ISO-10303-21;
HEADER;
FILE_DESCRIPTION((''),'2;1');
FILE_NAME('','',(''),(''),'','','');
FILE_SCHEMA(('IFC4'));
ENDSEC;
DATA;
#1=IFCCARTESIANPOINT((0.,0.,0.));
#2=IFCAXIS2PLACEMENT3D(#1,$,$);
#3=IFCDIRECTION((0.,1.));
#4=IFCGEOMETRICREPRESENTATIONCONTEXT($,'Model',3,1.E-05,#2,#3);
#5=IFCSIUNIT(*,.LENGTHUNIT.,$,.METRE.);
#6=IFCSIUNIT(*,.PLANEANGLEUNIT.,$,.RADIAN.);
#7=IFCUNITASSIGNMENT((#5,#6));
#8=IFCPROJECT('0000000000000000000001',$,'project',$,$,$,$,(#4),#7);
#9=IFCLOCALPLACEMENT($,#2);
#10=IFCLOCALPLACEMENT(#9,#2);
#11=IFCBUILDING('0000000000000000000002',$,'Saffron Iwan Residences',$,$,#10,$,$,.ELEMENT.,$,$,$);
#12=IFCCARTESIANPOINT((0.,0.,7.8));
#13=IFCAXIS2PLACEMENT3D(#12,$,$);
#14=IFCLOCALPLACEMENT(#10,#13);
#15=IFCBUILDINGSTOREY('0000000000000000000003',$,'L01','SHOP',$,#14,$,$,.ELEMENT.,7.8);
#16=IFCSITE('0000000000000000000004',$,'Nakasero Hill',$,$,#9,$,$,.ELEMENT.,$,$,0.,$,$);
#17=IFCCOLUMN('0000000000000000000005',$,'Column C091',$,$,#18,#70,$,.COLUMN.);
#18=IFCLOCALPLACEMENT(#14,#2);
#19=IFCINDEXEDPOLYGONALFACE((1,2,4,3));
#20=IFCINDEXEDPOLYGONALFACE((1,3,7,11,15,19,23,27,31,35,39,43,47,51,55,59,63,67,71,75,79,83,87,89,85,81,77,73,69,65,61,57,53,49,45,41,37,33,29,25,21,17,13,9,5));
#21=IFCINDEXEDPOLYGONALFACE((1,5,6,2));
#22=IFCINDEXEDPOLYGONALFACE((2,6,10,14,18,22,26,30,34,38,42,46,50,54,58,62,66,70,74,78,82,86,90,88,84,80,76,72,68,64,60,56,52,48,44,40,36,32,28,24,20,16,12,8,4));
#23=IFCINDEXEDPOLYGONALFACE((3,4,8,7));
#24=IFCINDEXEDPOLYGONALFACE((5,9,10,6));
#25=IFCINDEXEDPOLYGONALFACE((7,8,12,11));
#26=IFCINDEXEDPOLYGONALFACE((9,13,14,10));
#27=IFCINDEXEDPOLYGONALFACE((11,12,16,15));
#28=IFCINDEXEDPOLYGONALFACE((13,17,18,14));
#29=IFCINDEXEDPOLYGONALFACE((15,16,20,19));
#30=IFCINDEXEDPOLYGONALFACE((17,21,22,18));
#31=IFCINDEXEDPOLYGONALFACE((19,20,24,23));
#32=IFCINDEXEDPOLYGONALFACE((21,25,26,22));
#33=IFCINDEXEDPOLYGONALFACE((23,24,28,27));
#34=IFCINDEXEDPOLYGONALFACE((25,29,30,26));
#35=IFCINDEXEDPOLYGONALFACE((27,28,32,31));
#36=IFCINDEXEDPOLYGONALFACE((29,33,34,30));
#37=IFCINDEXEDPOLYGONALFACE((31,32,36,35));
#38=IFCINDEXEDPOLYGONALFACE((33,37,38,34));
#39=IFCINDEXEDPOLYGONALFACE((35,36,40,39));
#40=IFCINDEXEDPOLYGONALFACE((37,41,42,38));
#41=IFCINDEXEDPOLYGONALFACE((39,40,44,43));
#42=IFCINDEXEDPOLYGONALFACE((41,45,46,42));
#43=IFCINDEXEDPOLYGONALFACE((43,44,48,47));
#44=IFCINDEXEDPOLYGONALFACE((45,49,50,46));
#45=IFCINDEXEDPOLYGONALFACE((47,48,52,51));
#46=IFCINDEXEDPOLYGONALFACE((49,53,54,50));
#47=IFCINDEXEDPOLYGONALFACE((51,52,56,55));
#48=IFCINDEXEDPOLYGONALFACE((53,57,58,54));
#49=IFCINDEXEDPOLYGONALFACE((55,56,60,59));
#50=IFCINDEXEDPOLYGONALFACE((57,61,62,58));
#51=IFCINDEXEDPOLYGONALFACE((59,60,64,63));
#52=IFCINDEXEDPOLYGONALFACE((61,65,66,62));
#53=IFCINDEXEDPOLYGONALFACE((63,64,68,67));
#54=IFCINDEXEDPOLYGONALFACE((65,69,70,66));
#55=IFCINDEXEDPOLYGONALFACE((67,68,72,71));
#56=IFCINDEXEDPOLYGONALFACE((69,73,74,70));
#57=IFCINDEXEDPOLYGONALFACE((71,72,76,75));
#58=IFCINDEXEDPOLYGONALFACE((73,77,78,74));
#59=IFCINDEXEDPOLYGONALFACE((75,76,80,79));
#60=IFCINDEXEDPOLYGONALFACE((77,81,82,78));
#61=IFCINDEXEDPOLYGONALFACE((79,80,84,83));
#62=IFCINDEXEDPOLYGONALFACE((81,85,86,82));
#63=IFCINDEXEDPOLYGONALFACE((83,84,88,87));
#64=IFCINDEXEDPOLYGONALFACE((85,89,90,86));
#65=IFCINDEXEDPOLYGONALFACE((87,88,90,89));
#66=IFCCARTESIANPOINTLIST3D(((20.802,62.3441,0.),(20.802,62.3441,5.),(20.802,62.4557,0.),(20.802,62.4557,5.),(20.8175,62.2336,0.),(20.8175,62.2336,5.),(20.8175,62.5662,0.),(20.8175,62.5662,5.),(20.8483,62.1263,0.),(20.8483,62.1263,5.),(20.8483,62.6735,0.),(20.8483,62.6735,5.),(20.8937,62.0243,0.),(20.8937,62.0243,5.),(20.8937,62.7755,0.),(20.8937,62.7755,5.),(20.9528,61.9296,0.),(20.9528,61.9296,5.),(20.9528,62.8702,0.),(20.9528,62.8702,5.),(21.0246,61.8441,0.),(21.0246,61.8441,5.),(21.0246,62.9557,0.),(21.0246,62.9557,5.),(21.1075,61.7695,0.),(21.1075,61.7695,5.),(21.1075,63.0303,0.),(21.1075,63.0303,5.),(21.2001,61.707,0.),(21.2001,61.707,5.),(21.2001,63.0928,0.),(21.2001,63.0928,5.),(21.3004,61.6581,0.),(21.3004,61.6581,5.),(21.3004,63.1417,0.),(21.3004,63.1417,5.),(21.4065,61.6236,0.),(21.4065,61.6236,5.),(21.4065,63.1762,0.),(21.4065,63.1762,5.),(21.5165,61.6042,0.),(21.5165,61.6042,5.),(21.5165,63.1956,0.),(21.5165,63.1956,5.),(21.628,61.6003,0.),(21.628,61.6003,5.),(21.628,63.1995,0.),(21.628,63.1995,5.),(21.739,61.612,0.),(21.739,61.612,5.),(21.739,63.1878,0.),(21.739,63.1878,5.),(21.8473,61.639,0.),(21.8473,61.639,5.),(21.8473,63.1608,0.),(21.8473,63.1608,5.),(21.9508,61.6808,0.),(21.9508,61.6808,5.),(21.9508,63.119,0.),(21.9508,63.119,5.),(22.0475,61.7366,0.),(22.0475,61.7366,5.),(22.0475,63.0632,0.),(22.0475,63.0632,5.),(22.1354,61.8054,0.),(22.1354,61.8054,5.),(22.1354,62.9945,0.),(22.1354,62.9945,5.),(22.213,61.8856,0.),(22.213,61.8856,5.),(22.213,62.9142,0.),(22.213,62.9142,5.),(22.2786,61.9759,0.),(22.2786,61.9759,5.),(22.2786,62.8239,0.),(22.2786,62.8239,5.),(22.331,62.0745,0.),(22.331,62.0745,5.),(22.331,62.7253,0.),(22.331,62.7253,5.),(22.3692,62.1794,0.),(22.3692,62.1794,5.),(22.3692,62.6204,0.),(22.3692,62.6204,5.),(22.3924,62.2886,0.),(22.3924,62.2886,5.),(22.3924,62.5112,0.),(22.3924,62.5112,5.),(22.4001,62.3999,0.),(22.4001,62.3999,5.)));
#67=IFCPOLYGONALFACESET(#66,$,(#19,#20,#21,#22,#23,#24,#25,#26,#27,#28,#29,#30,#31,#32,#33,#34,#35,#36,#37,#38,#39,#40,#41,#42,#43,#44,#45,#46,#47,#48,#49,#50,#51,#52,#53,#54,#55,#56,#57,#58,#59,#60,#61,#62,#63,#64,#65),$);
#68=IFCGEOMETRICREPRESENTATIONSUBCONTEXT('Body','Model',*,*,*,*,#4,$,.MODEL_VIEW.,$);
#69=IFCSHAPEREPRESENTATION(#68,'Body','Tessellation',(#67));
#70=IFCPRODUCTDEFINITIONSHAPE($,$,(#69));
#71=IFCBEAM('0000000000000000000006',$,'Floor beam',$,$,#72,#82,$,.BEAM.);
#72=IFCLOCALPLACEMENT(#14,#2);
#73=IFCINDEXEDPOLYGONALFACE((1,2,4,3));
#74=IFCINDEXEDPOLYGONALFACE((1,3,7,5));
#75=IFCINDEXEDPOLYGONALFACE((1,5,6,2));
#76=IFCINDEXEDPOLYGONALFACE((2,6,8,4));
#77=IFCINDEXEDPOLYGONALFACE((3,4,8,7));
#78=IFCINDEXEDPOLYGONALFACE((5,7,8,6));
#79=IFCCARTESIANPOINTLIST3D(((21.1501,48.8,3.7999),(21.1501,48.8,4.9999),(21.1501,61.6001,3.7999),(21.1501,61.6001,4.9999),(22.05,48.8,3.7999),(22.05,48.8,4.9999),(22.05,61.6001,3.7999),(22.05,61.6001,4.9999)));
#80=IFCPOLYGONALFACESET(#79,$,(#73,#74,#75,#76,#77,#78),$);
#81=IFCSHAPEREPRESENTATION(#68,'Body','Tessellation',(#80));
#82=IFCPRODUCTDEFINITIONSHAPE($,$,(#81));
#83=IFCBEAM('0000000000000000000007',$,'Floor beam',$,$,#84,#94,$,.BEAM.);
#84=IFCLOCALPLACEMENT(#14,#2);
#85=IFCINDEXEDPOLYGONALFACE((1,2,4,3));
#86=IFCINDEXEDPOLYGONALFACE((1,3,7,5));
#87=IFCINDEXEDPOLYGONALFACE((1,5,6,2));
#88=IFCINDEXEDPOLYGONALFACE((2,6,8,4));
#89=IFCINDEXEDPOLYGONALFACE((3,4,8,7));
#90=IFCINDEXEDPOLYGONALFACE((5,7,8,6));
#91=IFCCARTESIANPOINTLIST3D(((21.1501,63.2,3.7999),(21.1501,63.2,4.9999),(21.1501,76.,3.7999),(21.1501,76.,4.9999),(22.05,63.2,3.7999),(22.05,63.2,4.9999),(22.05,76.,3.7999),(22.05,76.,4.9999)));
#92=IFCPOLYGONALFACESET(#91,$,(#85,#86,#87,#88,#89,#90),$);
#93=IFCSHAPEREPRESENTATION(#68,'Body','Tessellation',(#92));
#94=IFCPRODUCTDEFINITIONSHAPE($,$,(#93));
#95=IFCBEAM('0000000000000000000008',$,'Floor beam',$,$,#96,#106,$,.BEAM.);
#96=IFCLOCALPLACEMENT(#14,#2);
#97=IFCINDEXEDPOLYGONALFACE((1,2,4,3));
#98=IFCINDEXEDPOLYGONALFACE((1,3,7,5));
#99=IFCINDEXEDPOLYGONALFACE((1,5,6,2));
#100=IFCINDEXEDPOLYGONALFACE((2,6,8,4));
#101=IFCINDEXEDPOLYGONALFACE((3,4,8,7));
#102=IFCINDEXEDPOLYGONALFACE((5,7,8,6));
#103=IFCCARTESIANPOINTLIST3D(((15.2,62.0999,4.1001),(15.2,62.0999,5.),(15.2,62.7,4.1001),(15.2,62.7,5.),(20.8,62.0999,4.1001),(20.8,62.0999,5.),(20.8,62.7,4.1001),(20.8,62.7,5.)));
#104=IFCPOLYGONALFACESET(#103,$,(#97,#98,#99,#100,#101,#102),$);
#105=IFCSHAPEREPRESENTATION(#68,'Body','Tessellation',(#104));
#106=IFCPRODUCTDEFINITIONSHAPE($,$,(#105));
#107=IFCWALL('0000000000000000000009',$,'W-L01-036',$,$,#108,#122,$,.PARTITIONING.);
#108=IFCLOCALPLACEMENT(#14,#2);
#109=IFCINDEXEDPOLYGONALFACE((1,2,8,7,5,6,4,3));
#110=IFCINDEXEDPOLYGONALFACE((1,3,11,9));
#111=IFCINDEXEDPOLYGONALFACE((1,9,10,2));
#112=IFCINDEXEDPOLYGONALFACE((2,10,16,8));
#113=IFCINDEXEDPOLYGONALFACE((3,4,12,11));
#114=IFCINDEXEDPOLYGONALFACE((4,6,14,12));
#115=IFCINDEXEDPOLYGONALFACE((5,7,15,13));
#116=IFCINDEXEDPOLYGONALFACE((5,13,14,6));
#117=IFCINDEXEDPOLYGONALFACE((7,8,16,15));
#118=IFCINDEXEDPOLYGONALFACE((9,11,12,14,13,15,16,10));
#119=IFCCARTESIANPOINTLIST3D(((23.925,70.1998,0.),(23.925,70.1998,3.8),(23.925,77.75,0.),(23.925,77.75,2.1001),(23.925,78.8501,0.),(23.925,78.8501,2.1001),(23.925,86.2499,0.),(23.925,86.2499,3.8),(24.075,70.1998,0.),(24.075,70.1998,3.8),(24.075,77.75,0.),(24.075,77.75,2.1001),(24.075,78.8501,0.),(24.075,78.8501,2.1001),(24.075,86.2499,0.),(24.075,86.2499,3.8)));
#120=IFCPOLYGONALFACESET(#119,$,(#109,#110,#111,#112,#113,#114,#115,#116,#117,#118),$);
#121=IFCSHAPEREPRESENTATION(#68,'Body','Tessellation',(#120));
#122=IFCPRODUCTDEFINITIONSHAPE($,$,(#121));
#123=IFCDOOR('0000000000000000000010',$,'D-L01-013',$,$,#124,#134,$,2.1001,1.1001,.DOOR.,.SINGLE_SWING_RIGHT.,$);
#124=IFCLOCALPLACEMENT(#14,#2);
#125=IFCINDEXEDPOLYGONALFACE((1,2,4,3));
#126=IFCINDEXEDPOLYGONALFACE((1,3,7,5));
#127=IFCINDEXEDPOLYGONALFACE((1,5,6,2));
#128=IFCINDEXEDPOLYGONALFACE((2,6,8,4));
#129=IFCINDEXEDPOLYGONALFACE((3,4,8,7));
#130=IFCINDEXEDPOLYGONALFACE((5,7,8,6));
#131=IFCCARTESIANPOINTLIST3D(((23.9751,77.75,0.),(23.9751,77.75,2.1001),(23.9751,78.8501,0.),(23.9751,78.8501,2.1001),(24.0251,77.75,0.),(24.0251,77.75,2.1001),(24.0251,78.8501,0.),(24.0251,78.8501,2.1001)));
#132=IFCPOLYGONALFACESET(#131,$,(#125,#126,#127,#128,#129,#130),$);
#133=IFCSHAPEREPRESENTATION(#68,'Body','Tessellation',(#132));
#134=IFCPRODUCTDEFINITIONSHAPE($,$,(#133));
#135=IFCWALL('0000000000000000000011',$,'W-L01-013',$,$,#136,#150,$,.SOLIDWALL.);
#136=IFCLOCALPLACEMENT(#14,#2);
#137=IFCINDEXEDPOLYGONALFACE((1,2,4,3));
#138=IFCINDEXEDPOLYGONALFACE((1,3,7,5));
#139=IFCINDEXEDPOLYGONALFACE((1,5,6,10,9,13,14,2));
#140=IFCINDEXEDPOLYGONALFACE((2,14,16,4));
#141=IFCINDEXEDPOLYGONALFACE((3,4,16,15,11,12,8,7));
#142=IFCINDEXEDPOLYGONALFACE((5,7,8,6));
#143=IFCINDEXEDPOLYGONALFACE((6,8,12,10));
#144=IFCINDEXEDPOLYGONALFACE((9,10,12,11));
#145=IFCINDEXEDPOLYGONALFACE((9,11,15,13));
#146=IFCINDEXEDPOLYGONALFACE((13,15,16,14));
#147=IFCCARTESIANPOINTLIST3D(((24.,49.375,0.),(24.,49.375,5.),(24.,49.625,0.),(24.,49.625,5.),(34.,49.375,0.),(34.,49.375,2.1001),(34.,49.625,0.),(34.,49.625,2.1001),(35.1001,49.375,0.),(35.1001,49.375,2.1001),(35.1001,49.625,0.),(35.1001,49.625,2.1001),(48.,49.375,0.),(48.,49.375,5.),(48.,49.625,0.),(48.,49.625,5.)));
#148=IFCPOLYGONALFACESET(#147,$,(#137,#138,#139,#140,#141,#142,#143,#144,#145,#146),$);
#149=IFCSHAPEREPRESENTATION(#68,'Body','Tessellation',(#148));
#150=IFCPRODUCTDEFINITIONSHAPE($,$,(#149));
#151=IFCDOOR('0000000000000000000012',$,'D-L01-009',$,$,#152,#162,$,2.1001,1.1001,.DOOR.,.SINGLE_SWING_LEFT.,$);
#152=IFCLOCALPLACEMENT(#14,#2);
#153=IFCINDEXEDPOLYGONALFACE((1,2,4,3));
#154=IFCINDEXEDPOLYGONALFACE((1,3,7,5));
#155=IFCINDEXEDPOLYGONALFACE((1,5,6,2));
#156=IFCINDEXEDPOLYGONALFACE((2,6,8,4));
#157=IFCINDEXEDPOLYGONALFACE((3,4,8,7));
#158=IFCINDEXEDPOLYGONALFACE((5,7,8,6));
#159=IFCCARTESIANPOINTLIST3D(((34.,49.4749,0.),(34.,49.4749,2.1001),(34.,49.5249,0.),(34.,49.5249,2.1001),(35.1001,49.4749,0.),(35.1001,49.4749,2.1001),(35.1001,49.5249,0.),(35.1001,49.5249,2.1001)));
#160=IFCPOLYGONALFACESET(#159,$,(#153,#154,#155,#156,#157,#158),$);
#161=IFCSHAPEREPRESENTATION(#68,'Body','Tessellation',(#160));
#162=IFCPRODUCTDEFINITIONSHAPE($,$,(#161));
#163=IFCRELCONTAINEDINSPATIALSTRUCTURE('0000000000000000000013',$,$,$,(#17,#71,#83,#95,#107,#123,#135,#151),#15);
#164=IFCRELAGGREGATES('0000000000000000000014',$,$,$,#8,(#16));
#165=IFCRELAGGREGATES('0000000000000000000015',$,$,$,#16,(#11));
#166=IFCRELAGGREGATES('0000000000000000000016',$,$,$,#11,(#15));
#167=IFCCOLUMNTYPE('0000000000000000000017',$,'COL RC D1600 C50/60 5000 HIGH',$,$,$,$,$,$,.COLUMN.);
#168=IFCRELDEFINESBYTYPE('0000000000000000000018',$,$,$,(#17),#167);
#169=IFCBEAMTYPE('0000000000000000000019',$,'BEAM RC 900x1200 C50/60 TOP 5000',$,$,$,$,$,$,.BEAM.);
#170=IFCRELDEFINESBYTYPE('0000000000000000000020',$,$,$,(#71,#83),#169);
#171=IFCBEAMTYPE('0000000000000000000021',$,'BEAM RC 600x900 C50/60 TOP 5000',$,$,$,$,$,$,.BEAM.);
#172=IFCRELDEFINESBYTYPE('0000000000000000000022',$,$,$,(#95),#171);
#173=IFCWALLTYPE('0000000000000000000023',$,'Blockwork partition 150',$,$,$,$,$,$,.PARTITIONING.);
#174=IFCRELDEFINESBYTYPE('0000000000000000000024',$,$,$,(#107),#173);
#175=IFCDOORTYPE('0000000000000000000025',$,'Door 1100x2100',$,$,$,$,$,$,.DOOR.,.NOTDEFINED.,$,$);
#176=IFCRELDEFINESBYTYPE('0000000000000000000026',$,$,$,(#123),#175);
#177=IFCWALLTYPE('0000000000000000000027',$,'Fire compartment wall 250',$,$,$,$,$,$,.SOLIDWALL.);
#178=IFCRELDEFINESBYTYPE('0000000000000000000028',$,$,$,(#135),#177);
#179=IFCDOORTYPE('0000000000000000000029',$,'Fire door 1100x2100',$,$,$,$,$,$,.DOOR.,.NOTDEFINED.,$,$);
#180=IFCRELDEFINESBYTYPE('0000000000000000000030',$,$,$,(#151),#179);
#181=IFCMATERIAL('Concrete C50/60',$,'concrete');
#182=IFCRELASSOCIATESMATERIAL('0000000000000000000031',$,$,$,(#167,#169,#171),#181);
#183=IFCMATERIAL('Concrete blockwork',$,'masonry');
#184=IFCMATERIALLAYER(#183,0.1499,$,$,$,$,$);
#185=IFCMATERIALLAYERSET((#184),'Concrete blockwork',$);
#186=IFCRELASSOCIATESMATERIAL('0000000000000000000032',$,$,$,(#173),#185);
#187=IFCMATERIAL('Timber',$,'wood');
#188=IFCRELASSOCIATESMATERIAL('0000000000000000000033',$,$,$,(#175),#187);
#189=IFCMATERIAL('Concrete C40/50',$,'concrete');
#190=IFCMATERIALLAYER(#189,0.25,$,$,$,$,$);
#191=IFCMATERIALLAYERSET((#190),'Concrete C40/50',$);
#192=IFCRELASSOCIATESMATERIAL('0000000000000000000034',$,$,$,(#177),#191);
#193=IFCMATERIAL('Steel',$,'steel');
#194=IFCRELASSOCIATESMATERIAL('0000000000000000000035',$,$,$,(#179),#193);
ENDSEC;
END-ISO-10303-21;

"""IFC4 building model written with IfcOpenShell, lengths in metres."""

from ifc_helpers import new_model, si_unit, direction, frame, frame_2d, origin, origin_2d, place, context, subcontext, project, spatial, rectangle, circle, extrude, source, transform, mapped, material, layer, layer_set, material_profile, profile_set, type_object, element, fill, save


model = new_model("IFC4")

# Units and contexts
model_context = context("Model", 3, precision=1e-05, world=origin(), true_north=direction((0.0, 1.0)))
body_context = subcontext(model_context, "Body", "Model", "MODEL_VIEW")
ifc_project = project(units=[si_unit("LENGTHUNIT", "METRE"), si_unit("PLANEANGLEUNIT", "RADIAN")], contexts=[model_context])

# Site, building, storey
site_placement = place(None, origin())
site = spatial("IfcSite", under=ifc_project, at=site_placement, Name="Nakasero Hill", CompositionType="ELEMENT", RefElevation=0.0)
building_placement = place(site_placement, origin())
building = spatial("IfcBuilding", under=site, at=building_placement, Name="Saffron Iwan Residences", CompositionType="ELEMENT")
storey_placement = place(building_placement, frame((0.0, 0.0, 7.8)))
storey = spatial("IfcBuildingStorey", under=building, at=storey_placement, Name="L01", Description="SHOP", CompositionType="ELEMENT", Elevation=7.8)

# Column
ifc_material_1 = material(Name="Concrete C50/60", Category="concrete")
ifc_material_profile_1 = material_profile(ifc_material_1, circle(Radius=0.8, at=origin_2d()), Name="RC D1600")
ifc_profile_set_1 = profile_set([ifc_material_profile_1], Name="Concrete C50/60")
column_type = type_object("IfcColumnType", Name="COL RC D1600 C50/60 5000 HIGH", PredefinedType="COLUMN", material=ifc_profile_set_1)
shared_shape_1 = source(origin(), body_context, "Body", "SweptSolid", [
    extrude(circle(Radius=0.8, at=origin_2d()), origin(), (0.0, 0.0, 1.0), 5.0),
])
column_placement = place(storey_placement, frame((21.6001, 62.3999, 0.0), z_axis=(0.0, 0.0, 1.0), x_axis=(1.0, 0.0, 0.0)))
element("IfcColumn", 1, at=column_placement, inside=storey, type_object=column_type, Name="Column C091", PredefinedType="COLUMN", context=body_context, shape_type="MappedRepresentation", body=[
    mapped(shared_shape_1, transform((0.0, 0.0, 0.0))),
])

# Beams
ifc_material_profile_2 = material_profile(ifc_material_1, rectangle(XDim=0.8999, YDim=1.2, at=origin_2d()), Name="RC 900x1200")
ifc_profile_set_2 = profile_set([ifc_material_profile_2], Name="Concrete C50/60")
beam_type_1 = type_object("IfcBeamType", Name="BEAM RC 900x1200 C50/60 TOP 5000", PredefinedType="BEAM", material=ifc_profile_set_2)
shared_shape_2 = source(origin(), body_context, "Body", "SweptSolid", [
    extrude(rectangle(XDim=0.8999, YDim=1.2, at=origin_2d()), origin(), (0.0, 0.0, 1.0), 12.8),
])
for number, where, z_axis, x_axis, name in (
    (2, (21.6001, 48.8, 4.3999), (0.0, 1.0, 0.0), (-1.0, 0.0, 0.0), "Floor beam"),
    (3, (21.6001, 63.2, 4.3999), (0.0, 1.0, 0.0), (-1.0, 0.0, 0.0), "Floor beam"),
):
    element("IfcBeam", number, at=place(storey_placement, frame(where, z_axis=z_axis, x_axis=x_axis)), inside=storey, type_object=beam_type_1, Name=name, PredefinedType="BEAM", context=body_context, shape_type="MappedRepresentation", body=[
        mapped(shared_shape_2, transform((0.0, 0.0, 0.0))),
    ])
ifc_material_profile_3 = material_profile(ifc_material_1, rectangle(XDim=0.6001, YDim=0.8999, at=origin_2d()), Name="RC 600x900")
ifc_profile_set_3 = profile_set([ifc_material_profile_3], Name="Concrete C50/60")
beam_type_2 = type_object("IfcBeamType", Name="BEAM RC 600x900 C50/60 TOP 5000", PredefinedType="BEAM", material=ifc_profile_set_3)
shared_shape_3 = source(origin(), body_context, "Body", "SweptSolid", [
    extrude(rectangle(XDim=0.6001, YDim=0.8999, at=origin_2d()), origin(), (0.0, 0.0, 1.0), 5.6001),
])
beam_placement = place(storey_placement, frame((15.2, 62.3999, 4.55), z_axis=(1.0, 0.0, 0.0), x_axis=(0.0, 1.0, 0.0)))
element("IfcBeam", 4, at=beam_placement, inside=storey, type_object=beam_type_2, Name="Floor beam", PredefinedType="BEAM", context=body_context, shape_type="MappedRepresentation", body=[
    mapped(shared_shape_3, transform((0.0, 0.0, 0.0))),
])

# Walls, openings, doors
ifc_material_2 = material(Name="Concrete blockwork", Category="masonry")
ifc_layer_1 = layer(ifc_material_2, 0.1499)
ifc_layer_set_1 = layer_set([ifc_layer_1], Name="Concrete blockwork")
wall_type_1 = type_object("IfcWallType", Name="Blockwork partition 150", PredefinedType="PARTITIONING", material=ifc_layer_set_1)
wall_1_placement = place(storey_placement, frame((24.0, 70.2, 0.0), z_axis=(0.0, 0.0, 1.0), x_axis=(0.0, 1.0, 0.0)))
wall_1 = element("IfcWall", 5, at=wall_1_placement, inside=storey, type_object=wall_type_1, Name="W-L01-036", PredefinedType="PARTITIONING", context=body_context, shape_type="SweptSolid", body=[
    extrude(rectangle(XDim=16.05, YDim=0.1499, at=frame_2d((8.0249, 0.0))), origin(), (0.0, 0.0, 1.0), 3.8),
])
opening_1_placement = place(wall_1_placement, frame((7.55, 0.0, 0.0)))
opening_1 = element("IfcOpeningElement", 6, at=opening_1_placement, cuts=wall_1, PredefinedType="OPENING", context=body_context, shape_type="SweptSolid", body=[
    extrude(rectangle(XDim=1.1001, YDim=2.1001, at=frame_2d((0.55, 1.05))), frame((0.0, 0.085, 0.0), z_axis=(0.0, -1.0, 0.0), x_axis=(1.0, 0.0, 0.0)), (0.0, 0.0, 1.0), 0.1699),
])
ifc_material_3 = material(Name="Timber", Category="wood")
door_type_1 = type_object("IfcDoorType", Name="Door 1100x2100", OperationType="NOTDEFINED", PredefinedType="DOOR", material=ifc_material_3)
door_1_placement = place(opening_1_placement, origin())
door_1 = element("IfcDoor", 7, at=door_1_placement, inside=storey, type_object=door_type_1, Name="D-L01-013", OperationType="SINGLE_SWING_RIGHT", OverallHeight=2.1001, OverallWidth=1.1001, PredefinedType="DOOR", context=body_context, shape_type="SweptSolid", body=[
    extrude(rectangle(XDim=1.1001, YDim=2.1001, at=frame_2d((0.55, 1.05))), frame((0.0, 0.0249, 0.0), z_axis=(0.0, -1.0, 0.0), x_axis=(1.0, 0.0, 0.0)), (0.0, 0.0, 1.0), 0.05),
])
fill(opening_1, door_1)
ifc_material_4 = material(Name="Concrete C40/50", Category="concrete")
ifc_layer_2 = layer(ifc_material_4, 0.25)
ifc_layer_set_2 = layer_set([ifc_layer_2], Name="Concrete C40/50")
wall_type_2 = type_object("IfcWallType", Name="Fire compartment wall 250", PredefinedType="SOLIDWALL", material=ifc_layer_set_2)
wall_2_placement = place(storey_placement, frame((24.0, 49.5, 0.0), z_axis=(0.0, 0.0, 1.0), x_axis=(1.0, 0.0, 0.0)))
wall_2 = element("IfcWall", 8, at=wall_2_placement, inside=storey, type_object=wall_type_2, Name="W-L01-013", PredefinedType="SOLIDWALL", context=body_context, shape_type="SweptSolid", body=[
    extrude(rectangle(XDim=24.0, YDim=0.25, at=frame_2d((12.0, 0.0))), origin(), (0.0, 0.0, 1.0), 5.0),
])
opening_2_placement = place(wall_2_placement, frame((10.0, 0.0, 0.0)))
opening_2 = element("IfcOpeningElement", 9, at=opening_2_placement, cuts=wall_2, PredefinedType="OPENING", context=body_context, shape_type="SweptSolid", body=[
    extrude(rectangle(XDim=1.1001, YDim=2.1001, at=frame_2d((0.55, 1.05))), frame((0.0, 0.135, 0.0), z_axis=(0.0, -1.0, 0.0), x_axis=(1.0, 0.0, 0.0)), (0.0, 0.0, 1.0), 0.27),
])
ifc_material_5 = material(Name="Steel", Category="steel")
door_type_2 = type_object("IfcDoorType", Name="Fire door 1100x2100", OperationType="NOTDEFINED", PredefinedType="DOOR", material=ifc_material_5)
door_2_placement = place(opening_2_placement, origin())
door_2 = element("IfcDoor", 10, at=door_2_placement, inside=storey, type_object=door_type_2, Name="D-L01-009", OperationType="SINGLE_SWING_LEFT", OverallHeight=2.1001, OverallWidth=1.1001, PredefinedType="DOOR", context=body_context, shape_type="SweptSolid", body=[
    extrude(rectangle(XDim=1.1001, YDim=2.1001, at=frame_2d((0.55, 1.05))), frame((0.0, 0.0249, 0.0), z_axis=(0.0, -1.0, 0.0), x_axis=(1.0, 0.0, 0.0)), (0.0, 0.0, 1.0), 0.05),
])
fill(opening_2, door_2)

save(model, "model.ifc")
